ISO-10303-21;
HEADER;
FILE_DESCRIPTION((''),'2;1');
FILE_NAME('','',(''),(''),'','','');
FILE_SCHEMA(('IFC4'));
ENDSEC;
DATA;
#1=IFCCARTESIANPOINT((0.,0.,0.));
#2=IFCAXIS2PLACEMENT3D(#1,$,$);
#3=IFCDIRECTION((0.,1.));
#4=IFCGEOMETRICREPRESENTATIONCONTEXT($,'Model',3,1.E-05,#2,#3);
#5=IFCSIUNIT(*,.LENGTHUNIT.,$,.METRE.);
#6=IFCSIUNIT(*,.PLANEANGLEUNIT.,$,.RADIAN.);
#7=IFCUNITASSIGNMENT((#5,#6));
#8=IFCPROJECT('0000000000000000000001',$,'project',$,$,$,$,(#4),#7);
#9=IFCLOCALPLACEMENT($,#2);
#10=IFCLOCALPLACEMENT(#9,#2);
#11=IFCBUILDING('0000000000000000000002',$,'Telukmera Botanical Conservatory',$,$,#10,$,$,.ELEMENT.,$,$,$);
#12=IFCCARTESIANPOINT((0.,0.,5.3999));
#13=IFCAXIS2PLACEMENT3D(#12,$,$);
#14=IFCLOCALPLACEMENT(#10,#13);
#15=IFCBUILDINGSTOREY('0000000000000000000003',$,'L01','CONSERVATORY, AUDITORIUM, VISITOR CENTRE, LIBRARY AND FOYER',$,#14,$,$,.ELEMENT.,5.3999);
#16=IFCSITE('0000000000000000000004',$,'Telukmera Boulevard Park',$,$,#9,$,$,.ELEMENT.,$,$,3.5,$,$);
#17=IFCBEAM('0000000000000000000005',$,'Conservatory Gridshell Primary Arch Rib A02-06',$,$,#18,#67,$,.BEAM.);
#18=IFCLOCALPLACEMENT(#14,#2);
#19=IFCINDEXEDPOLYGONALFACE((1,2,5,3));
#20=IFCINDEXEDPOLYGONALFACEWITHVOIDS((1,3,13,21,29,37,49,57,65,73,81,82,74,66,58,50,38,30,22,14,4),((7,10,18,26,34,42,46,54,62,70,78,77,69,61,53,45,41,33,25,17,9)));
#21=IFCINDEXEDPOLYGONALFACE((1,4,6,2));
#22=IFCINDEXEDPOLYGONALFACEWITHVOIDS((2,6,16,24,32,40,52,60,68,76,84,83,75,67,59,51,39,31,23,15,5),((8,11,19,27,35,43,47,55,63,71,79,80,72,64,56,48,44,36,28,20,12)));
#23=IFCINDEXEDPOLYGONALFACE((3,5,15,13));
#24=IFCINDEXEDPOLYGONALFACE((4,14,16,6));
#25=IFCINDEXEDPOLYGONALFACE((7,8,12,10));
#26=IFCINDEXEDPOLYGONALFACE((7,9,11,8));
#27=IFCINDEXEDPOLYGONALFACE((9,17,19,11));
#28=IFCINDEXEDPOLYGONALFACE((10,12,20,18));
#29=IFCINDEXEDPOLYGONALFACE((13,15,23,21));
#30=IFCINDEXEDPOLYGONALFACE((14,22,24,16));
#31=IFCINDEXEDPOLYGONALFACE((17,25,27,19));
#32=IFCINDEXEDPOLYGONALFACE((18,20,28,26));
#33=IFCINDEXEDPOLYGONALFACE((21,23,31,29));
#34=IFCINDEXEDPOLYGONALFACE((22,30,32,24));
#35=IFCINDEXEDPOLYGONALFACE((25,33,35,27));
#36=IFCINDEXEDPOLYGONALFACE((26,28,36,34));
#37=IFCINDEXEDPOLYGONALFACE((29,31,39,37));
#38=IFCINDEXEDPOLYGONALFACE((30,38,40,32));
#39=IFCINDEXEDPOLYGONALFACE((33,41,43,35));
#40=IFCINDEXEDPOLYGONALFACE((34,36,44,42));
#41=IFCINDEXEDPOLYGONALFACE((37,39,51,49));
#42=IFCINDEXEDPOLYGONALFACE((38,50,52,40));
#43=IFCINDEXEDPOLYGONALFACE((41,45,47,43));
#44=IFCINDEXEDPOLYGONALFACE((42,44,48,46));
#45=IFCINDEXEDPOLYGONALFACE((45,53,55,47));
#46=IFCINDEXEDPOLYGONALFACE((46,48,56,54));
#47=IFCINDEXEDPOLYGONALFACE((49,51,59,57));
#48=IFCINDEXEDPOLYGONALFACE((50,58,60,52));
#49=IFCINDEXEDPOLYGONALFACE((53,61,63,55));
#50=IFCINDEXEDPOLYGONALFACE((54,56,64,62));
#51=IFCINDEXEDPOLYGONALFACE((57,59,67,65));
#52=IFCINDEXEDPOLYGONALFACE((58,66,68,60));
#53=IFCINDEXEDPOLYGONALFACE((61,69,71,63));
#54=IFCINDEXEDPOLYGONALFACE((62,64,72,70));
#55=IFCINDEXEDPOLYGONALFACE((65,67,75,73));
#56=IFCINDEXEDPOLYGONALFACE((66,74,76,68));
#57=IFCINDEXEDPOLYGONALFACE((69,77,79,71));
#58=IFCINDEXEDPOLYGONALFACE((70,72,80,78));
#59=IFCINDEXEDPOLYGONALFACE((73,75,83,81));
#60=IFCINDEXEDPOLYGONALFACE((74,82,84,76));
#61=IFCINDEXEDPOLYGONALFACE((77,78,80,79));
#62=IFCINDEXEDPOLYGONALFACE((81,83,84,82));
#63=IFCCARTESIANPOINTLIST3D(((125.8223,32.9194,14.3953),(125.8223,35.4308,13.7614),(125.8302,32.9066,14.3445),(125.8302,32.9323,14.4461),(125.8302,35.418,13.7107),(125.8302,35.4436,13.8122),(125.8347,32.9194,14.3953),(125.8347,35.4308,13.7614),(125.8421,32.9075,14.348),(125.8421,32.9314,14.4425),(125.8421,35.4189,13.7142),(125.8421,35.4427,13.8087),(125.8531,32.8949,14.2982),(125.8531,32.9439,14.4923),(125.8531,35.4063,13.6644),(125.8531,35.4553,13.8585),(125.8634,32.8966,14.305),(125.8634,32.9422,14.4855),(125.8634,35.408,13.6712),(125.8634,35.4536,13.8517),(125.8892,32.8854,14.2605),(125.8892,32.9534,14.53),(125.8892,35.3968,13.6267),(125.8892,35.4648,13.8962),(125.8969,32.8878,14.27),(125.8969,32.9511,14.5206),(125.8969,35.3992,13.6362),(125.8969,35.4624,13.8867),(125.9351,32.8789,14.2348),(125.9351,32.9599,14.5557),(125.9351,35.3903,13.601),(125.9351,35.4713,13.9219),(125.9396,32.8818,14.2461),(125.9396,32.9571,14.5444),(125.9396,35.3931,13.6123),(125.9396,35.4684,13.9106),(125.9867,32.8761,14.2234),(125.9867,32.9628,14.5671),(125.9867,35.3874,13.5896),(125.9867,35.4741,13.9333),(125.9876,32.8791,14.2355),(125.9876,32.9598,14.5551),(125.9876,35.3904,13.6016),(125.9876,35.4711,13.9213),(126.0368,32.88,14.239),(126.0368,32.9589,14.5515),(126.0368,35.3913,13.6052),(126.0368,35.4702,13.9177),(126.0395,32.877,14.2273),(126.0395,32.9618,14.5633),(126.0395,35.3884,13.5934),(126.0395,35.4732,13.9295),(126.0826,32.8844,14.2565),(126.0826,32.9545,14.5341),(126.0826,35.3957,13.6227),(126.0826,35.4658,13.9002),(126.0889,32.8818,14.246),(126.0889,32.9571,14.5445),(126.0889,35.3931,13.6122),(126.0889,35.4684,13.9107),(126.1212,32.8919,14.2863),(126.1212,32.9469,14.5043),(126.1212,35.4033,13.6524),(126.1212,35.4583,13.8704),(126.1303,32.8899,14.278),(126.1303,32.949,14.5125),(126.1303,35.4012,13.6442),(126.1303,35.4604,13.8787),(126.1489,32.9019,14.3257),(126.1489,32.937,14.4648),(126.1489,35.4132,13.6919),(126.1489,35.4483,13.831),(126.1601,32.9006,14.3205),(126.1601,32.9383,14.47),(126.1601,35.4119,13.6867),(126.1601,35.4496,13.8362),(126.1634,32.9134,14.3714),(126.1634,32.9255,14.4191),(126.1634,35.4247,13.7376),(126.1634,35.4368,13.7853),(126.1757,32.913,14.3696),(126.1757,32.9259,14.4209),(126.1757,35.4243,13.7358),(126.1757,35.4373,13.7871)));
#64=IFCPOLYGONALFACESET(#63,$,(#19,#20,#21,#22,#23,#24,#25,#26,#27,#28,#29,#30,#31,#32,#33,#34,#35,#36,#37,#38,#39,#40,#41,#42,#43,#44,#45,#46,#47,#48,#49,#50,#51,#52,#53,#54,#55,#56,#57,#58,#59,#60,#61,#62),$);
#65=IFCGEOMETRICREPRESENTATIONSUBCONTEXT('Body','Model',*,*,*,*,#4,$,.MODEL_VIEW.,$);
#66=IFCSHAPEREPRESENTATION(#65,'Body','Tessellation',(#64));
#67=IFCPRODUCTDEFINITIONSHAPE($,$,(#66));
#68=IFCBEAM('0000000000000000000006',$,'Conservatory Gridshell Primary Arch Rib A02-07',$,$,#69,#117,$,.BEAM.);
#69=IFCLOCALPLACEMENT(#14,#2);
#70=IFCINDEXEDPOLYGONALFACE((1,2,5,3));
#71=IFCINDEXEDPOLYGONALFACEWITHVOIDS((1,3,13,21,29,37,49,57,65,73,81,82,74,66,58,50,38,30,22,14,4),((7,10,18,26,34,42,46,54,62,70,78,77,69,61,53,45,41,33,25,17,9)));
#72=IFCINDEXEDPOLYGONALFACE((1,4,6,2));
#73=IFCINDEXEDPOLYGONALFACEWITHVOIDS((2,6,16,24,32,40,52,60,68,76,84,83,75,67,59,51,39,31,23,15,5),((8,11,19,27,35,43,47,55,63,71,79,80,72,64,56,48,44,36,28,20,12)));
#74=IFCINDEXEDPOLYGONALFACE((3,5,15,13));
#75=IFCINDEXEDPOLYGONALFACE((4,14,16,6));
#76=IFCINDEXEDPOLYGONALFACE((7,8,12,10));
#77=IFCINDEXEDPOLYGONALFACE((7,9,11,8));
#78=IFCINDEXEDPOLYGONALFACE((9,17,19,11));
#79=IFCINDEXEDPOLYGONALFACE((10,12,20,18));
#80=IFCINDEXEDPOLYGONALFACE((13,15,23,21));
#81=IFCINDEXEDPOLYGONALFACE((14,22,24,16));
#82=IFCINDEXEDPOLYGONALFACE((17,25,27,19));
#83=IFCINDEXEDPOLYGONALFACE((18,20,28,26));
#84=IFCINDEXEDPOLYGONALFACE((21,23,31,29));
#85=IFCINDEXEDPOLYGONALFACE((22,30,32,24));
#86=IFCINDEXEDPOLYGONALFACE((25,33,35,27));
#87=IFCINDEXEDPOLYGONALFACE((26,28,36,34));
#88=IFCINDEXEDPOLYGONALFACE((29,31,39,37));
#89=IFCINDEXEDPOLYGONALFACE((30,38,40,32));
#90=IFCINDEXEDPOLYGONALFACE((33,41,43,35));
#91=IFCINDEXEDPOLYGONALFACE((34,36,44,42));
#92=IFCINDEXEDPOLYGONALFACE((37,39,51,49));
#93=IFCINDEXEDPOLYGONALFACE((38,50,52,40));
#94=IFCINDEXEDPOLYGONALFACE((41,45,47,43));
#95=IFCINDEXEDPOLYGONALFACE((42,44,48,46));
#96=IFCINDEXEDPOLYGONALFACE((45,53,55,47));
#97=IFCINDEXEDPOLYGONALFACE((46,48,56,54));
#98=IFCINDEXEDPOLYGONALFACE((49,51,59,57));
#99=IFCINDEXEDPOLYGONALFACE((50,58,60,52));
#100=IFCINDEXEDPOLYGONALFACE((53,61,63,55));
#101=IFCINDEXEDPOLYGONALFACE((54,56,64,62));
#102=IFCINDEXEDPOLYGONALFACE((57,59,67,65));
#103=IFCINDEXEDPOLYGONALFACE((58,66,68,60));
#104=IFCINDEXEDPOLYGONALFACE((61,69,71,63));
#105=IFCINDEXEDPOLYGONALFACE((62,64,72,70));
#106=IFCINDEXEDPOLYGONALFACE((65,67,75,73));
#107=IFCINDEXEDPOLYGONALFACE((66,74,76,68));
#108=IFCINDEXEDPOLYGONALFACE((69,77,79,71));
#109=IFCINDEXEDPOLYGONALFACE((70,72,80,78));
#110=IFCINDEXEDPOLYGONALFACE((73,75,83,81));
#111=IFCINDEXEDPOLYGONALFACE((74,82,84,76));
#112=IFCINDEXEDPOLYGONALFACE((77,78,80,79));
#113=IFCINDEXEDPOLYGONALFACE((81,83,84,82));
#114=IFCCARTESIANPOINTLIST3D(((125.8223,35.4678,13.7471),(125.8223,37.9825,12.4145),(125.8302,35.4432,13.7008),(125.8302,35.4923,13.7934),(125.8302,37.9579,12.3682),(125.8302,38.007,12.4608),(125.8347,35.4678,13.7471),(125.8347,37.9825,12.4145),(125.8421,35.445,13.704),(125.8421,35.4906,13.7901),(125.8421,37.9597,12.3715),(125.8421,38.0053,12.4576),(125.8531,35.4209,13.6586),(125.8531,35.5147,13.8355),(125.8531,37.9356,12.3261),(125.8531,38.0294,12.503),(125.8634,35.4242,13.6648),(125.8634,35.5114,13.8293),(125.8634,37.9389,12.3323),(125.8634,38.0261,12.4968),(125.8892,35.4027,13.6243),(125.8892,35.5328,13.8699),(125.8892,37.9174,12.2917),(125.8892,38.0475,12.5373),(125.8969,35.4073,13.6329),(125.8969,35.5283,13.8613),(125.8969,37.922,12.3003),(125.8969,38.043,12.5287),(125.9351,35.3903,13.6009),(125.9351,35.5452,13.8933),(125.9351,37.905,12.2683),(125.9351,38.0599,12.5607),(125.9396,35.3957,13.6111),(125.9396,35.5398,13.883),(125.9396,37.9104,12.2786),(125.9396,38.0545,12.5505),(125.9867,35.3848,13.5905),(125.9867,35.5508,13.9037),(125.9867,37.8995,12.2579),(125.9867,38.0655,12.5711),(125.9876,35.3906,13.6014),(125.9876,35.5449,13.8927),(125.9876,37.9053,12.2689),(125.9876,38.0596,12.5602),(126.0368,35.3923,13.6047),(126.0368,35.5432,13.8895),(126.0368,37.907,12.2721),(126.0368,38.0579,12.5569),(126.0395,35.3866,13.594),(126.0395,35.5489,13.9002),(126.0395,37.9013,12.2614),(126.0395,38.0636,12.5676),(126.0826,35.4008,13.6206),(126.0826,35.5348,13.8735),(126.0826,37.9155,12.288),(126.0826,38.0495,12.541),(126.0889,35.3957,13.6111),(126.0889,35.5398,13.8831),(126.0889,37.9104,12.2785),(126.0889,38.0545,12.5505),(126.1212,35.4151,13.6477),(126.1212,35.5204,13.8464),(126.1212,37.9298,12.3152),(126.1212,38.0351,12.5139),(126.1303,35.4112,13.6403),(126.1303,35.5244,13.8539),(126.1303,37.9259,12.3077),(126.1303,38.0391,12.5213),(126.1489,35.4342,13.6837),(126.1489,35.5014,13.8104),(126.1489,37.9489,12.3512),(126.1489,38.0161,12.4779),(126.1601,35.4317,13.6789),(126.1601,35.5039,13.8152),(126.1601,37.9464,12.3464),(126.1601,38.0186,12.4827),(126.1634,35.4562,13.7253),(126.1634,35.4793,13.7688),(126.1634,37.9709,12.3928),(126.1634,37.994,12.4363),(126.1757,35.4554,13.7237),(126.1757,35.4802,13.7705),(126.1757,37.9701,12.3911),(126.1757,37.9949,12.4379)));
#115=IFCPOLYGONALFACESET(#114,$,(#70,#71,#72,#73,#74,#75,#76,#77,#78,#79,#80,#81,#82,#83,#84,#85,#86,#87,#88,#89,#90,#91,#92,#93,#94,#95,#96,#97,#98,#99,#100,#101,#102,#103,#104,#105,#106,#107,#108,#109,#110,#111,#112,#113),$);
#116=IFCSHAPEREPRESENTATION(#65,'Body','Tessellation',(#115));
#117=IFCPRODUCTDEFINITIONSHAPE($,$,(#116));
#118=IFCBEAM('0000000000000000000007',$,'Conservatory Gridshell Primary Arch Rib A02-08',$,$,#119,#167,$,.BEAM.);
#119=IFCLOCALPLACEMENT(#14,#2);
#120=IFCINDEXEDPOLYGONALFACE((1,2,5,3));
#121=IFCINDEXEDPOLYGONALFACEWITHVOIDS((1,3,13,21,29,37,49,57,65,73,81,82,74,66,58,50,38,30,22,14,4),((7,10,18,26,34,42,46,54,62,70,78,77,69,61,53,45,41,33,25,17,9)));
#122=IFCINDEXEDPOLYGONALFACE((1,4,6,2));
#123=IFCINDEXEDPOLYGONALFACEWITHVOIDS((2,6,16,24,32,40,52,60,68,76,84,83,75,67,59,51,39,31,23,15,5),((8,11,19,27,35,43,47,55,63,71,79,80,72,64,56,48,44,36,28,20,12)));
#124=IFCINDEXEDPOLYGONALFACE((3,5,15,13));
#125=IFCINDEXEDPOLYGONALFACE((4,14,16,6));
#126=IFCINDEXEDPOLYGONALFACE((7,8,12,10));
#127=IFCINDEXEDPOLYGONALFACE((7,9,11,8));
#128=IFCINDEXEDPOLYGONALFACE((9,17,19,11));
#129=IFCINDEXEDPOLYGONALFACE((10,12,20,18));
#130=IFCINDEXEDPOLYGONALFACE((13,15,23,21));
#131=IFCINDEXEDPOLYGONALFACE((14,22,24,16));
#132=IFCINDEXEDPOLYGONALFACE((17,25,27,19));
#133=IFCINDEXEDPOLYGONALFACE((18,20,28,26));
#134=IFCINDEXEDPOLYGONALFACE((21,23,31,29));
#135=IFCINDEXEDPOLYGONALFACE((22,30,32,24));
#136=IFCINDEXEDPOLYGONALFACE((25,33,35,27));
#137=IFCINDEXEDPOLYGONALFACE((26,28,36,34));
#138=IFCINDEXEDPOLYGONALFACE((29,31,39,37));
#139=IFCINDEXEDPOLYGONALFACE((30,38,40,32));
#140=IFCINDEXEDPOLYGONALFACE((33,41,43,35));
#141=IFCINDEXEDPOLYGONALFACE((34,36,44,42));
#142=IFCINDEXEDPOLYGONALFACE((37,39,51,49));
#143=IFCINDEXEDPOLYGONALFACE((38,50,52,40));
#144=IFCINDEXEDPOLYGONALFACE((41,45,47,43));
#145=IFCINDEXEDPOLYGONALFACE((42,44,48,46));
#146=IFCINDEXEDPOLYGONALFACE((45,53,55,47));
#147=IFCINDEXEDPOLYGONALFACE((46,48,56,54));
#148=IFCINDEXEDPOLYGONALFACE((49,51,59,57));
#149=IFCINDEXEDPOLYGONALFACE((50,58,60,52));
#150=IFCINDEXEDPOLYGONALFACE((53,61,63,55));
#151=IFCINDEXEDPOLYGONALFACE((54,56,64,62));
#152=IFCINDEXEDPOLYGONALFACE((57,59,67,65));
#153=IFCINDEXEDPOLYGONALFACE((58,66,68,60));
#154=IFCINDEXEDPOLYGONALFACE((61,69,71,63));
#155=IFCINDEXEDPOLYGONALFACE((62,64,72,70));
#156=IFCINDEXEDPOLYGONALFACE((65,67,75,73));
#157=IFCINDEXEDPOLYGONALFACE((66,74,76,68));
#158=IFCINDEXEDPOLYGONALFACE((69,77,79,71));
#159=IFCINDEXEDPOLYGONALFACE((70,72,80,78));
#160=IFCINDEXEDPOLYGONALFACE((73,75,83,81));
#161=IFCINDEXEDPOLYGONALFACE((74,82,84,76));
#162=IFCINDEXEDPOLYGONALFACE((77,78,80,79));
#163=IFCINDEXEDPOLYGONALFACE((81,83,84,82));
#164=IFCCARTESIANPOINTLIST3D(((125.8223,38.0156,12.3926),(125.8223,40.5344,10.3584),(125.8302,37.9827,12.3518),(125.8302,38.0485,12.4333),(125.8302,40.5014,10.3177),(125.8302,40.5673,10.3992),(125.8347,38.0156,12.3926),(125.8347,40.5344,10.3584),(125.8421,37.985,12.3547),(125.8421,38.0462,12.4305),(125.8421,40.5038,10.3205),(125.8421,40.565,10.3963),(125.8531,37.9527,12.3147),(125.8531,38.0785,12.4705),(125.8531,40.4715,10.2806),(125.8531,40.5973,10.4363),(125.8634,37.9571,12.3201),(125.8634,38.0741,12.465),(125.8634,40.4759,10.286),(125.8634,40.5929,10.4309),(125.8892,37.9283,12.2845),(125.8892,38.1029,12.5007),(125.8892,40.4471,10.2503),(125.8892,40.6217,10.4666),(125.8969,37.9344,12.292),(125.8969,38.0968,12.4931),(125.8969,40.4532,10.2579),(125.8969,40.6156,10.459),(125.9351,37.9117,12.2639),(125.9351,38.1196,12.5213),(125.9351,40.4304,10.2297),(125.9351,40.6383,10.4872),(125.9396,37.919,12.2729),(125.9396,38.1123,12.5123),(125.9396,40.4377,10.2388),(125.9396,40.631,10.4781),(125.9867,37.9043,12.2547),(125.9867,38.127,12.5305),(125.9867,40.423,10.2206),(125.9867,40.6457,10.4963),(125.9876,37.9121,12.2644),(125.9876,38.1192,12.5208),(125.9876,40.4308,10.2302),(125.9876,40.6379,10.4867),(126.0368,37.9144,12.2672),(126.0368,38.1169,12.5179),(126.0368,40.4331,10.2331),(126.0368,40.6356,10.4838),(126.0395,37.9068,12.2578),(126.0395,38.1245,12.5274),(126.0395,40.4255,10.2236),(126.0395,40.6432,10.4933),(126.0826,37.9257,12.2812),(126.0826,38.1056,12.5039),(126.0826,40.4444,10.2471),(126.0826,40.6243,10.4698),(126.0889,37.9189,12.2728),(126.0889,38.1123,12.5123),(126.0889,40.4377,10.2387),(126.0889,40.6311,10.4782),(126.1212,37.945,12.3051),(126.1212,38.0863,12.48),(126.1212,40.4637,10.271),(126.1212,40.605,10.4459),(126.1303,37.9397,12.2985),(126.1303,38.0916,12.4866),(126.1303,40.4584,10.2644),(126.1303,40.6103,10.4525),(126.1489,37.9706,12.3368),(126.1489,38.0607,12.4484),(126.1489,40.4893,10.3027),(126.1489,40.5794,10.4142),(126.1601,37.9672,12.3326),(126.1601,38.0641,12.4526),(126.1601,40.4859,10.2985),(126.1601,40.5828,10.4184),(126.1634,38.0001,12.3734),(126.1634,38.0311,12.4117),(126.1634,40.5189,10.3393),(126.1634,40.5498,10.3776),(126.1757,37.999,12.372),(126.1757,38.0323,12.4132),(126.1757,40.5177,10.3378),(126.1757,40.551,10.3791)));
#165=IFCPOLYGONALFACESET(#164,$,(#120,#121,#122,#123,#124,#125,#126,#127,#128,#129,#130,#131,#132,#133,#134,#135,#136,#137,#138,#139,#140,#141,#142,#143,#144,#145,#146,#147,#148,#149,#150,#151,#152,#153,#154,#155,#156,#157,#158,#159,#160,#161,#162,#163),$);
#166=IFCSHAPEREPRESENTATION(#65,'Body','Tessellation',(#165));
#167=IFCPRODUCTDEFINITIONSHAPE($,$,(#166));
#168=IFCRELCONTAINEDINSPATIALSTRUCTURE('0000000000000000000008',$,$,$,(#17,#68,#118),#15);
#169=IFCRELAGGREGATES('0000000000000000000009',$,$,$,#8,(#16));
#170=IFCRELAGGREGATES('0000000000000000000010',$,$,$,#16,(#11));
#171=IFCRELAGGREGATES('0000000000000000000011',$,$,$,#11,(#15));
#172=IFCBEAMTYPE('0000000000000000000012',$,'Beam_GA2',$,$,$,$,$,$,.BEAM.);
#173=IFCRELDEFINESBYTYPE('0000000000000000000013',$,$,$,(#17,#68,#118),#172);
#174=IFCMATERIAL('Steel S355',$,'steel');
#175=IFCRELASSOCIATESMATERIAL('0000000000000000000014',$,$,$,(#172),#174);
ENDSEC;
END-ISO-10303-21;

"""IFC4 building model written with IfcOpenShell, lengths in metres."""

from ifc_helpers import new_model, si_unit, direction, frame, origin, origin_2d, place, context, subcontext, project, spatial, hollow_circle, extrude, material, material_profile, profile_set, type_object, element, save


model = new_model("IFC4")

# Units and contexts
model_context = context("Model", 3, precision=1e-05, world=origin(), true_north=direction((0.0, 1.0)))
body_context = subcontext(model_context, "Body", "Model", "MODEL_VIEW")
ifc_project = project(units=[si_unit("LENGTHUNIT", "METRE"), si_unit("PLANEANGLEUNIT", "RADIAN")], contexts=[model_context])

# Site, building, storey
site_placement = place(None, origin())
site = spatial("IfcSite", under=ifc_project, at=site_placement, Name="Telukmera Boulevard Park", CompositionType="ELEMENT", RefElevation=3.5)
building_placement = place(site_placement, origin())
building = spatial("IfcBuilding", under=site, at=building_placement, Name="Telukmera Botanical Conservatory", CompositionType="ELEMENT")
storey_placement = place(building_placement, frame((0.0, 0.0, 5.3999)))
storey = spatial("IfcBuildingStorey", under=building, at=storey_placement, Name="L01", Description="CONSERVATORY, AUDITORIUM, VISITOR CENTRE, LIBRARY AND FOYER", CompositionType="ELEMENT", Elevation=5.3999)

# Beams
ifc_material_1 = material(Name="Steel S355", Category="steel")
ifc_material_profile_1 = material_profile(ifc_material_1, hollow_circle(Radius=0.1777, WallThickness=0.0125, at=origin_2d()), Name="CHS 355.6x12.5")
ifc_profile_set_1 = profile_set([ifc_material_profile_1], Name="Steel S355")
beam_type_1 = type_object("IfcBeamType", Name="Beam_GA2", PredefinedType="BEAM", material=ifc_profile_set_1)
beam_1_placement = place(storey_placement, frame((126.0, 32.9194, 14.3953), z_axis=(0.0, 0.969597, -0.244709), x_axis=(-1.0, 0.0, 0.0)))
element("IfcBeam", 1, at=beam_1_placement, inside=storey, type_object=beam_type_1, Name="Conservatory Gridshell Primary Arch Rib A02-06", PredefinedType="BEAM", context=body_context, shape_type="SweptSolid", body=[
    extrude(hollow_circle(Radius=0.1777, WallThickness=0.0125, at=origin_2d()), origin(), (0.0, 0.0, 1.0), 2.5901),
])
beam_2_placement = place(storey_placement, frame((126.0, 35.4678, 13.7471), z_axis=(0.0, 0.883608, -0.468227), x_axis=(-1.0, 0.0, 0.0)))
element("IfcBeam", 2, at=beam_2_placement, inside=storey, type_object=beam_type_1, Name="Conservatory Gridshell Primary Arch Rib A02-07", PredefinedType="BEAM", context=body_context, shape_type="SweptSolid", body=[
    extrude(hollow_circle(Radius=0.1777, WallThickness=0.0125, at=origin_2d()), origin(), (0.0, 0.0, 1.0), 2.8459),
])
beam_3_placement = place(storey_placement, frame((126.0, 38.0156, 12.3926), z_axis=(0.0, 0.777977, -0.628293), x_axis=(-1.0, 0.0, 0.0)))
element("IfcBeam", 3, at=beam_3_placement, inside=storey, type_object=beam_type_1, Name="Conservatory Gridshell Primary Arch Rib A02-08", PredefinedType="BEAM", context=body_context, shape_type="SweptSolid", body=[
    extrude(hollow_circle(Radius=0.1777, WallThickness=0.0125, at=origin_2d()), origin(), (0.0, 0.0, 1.0), 3.2375),
])

save(model, "model.ifc")
